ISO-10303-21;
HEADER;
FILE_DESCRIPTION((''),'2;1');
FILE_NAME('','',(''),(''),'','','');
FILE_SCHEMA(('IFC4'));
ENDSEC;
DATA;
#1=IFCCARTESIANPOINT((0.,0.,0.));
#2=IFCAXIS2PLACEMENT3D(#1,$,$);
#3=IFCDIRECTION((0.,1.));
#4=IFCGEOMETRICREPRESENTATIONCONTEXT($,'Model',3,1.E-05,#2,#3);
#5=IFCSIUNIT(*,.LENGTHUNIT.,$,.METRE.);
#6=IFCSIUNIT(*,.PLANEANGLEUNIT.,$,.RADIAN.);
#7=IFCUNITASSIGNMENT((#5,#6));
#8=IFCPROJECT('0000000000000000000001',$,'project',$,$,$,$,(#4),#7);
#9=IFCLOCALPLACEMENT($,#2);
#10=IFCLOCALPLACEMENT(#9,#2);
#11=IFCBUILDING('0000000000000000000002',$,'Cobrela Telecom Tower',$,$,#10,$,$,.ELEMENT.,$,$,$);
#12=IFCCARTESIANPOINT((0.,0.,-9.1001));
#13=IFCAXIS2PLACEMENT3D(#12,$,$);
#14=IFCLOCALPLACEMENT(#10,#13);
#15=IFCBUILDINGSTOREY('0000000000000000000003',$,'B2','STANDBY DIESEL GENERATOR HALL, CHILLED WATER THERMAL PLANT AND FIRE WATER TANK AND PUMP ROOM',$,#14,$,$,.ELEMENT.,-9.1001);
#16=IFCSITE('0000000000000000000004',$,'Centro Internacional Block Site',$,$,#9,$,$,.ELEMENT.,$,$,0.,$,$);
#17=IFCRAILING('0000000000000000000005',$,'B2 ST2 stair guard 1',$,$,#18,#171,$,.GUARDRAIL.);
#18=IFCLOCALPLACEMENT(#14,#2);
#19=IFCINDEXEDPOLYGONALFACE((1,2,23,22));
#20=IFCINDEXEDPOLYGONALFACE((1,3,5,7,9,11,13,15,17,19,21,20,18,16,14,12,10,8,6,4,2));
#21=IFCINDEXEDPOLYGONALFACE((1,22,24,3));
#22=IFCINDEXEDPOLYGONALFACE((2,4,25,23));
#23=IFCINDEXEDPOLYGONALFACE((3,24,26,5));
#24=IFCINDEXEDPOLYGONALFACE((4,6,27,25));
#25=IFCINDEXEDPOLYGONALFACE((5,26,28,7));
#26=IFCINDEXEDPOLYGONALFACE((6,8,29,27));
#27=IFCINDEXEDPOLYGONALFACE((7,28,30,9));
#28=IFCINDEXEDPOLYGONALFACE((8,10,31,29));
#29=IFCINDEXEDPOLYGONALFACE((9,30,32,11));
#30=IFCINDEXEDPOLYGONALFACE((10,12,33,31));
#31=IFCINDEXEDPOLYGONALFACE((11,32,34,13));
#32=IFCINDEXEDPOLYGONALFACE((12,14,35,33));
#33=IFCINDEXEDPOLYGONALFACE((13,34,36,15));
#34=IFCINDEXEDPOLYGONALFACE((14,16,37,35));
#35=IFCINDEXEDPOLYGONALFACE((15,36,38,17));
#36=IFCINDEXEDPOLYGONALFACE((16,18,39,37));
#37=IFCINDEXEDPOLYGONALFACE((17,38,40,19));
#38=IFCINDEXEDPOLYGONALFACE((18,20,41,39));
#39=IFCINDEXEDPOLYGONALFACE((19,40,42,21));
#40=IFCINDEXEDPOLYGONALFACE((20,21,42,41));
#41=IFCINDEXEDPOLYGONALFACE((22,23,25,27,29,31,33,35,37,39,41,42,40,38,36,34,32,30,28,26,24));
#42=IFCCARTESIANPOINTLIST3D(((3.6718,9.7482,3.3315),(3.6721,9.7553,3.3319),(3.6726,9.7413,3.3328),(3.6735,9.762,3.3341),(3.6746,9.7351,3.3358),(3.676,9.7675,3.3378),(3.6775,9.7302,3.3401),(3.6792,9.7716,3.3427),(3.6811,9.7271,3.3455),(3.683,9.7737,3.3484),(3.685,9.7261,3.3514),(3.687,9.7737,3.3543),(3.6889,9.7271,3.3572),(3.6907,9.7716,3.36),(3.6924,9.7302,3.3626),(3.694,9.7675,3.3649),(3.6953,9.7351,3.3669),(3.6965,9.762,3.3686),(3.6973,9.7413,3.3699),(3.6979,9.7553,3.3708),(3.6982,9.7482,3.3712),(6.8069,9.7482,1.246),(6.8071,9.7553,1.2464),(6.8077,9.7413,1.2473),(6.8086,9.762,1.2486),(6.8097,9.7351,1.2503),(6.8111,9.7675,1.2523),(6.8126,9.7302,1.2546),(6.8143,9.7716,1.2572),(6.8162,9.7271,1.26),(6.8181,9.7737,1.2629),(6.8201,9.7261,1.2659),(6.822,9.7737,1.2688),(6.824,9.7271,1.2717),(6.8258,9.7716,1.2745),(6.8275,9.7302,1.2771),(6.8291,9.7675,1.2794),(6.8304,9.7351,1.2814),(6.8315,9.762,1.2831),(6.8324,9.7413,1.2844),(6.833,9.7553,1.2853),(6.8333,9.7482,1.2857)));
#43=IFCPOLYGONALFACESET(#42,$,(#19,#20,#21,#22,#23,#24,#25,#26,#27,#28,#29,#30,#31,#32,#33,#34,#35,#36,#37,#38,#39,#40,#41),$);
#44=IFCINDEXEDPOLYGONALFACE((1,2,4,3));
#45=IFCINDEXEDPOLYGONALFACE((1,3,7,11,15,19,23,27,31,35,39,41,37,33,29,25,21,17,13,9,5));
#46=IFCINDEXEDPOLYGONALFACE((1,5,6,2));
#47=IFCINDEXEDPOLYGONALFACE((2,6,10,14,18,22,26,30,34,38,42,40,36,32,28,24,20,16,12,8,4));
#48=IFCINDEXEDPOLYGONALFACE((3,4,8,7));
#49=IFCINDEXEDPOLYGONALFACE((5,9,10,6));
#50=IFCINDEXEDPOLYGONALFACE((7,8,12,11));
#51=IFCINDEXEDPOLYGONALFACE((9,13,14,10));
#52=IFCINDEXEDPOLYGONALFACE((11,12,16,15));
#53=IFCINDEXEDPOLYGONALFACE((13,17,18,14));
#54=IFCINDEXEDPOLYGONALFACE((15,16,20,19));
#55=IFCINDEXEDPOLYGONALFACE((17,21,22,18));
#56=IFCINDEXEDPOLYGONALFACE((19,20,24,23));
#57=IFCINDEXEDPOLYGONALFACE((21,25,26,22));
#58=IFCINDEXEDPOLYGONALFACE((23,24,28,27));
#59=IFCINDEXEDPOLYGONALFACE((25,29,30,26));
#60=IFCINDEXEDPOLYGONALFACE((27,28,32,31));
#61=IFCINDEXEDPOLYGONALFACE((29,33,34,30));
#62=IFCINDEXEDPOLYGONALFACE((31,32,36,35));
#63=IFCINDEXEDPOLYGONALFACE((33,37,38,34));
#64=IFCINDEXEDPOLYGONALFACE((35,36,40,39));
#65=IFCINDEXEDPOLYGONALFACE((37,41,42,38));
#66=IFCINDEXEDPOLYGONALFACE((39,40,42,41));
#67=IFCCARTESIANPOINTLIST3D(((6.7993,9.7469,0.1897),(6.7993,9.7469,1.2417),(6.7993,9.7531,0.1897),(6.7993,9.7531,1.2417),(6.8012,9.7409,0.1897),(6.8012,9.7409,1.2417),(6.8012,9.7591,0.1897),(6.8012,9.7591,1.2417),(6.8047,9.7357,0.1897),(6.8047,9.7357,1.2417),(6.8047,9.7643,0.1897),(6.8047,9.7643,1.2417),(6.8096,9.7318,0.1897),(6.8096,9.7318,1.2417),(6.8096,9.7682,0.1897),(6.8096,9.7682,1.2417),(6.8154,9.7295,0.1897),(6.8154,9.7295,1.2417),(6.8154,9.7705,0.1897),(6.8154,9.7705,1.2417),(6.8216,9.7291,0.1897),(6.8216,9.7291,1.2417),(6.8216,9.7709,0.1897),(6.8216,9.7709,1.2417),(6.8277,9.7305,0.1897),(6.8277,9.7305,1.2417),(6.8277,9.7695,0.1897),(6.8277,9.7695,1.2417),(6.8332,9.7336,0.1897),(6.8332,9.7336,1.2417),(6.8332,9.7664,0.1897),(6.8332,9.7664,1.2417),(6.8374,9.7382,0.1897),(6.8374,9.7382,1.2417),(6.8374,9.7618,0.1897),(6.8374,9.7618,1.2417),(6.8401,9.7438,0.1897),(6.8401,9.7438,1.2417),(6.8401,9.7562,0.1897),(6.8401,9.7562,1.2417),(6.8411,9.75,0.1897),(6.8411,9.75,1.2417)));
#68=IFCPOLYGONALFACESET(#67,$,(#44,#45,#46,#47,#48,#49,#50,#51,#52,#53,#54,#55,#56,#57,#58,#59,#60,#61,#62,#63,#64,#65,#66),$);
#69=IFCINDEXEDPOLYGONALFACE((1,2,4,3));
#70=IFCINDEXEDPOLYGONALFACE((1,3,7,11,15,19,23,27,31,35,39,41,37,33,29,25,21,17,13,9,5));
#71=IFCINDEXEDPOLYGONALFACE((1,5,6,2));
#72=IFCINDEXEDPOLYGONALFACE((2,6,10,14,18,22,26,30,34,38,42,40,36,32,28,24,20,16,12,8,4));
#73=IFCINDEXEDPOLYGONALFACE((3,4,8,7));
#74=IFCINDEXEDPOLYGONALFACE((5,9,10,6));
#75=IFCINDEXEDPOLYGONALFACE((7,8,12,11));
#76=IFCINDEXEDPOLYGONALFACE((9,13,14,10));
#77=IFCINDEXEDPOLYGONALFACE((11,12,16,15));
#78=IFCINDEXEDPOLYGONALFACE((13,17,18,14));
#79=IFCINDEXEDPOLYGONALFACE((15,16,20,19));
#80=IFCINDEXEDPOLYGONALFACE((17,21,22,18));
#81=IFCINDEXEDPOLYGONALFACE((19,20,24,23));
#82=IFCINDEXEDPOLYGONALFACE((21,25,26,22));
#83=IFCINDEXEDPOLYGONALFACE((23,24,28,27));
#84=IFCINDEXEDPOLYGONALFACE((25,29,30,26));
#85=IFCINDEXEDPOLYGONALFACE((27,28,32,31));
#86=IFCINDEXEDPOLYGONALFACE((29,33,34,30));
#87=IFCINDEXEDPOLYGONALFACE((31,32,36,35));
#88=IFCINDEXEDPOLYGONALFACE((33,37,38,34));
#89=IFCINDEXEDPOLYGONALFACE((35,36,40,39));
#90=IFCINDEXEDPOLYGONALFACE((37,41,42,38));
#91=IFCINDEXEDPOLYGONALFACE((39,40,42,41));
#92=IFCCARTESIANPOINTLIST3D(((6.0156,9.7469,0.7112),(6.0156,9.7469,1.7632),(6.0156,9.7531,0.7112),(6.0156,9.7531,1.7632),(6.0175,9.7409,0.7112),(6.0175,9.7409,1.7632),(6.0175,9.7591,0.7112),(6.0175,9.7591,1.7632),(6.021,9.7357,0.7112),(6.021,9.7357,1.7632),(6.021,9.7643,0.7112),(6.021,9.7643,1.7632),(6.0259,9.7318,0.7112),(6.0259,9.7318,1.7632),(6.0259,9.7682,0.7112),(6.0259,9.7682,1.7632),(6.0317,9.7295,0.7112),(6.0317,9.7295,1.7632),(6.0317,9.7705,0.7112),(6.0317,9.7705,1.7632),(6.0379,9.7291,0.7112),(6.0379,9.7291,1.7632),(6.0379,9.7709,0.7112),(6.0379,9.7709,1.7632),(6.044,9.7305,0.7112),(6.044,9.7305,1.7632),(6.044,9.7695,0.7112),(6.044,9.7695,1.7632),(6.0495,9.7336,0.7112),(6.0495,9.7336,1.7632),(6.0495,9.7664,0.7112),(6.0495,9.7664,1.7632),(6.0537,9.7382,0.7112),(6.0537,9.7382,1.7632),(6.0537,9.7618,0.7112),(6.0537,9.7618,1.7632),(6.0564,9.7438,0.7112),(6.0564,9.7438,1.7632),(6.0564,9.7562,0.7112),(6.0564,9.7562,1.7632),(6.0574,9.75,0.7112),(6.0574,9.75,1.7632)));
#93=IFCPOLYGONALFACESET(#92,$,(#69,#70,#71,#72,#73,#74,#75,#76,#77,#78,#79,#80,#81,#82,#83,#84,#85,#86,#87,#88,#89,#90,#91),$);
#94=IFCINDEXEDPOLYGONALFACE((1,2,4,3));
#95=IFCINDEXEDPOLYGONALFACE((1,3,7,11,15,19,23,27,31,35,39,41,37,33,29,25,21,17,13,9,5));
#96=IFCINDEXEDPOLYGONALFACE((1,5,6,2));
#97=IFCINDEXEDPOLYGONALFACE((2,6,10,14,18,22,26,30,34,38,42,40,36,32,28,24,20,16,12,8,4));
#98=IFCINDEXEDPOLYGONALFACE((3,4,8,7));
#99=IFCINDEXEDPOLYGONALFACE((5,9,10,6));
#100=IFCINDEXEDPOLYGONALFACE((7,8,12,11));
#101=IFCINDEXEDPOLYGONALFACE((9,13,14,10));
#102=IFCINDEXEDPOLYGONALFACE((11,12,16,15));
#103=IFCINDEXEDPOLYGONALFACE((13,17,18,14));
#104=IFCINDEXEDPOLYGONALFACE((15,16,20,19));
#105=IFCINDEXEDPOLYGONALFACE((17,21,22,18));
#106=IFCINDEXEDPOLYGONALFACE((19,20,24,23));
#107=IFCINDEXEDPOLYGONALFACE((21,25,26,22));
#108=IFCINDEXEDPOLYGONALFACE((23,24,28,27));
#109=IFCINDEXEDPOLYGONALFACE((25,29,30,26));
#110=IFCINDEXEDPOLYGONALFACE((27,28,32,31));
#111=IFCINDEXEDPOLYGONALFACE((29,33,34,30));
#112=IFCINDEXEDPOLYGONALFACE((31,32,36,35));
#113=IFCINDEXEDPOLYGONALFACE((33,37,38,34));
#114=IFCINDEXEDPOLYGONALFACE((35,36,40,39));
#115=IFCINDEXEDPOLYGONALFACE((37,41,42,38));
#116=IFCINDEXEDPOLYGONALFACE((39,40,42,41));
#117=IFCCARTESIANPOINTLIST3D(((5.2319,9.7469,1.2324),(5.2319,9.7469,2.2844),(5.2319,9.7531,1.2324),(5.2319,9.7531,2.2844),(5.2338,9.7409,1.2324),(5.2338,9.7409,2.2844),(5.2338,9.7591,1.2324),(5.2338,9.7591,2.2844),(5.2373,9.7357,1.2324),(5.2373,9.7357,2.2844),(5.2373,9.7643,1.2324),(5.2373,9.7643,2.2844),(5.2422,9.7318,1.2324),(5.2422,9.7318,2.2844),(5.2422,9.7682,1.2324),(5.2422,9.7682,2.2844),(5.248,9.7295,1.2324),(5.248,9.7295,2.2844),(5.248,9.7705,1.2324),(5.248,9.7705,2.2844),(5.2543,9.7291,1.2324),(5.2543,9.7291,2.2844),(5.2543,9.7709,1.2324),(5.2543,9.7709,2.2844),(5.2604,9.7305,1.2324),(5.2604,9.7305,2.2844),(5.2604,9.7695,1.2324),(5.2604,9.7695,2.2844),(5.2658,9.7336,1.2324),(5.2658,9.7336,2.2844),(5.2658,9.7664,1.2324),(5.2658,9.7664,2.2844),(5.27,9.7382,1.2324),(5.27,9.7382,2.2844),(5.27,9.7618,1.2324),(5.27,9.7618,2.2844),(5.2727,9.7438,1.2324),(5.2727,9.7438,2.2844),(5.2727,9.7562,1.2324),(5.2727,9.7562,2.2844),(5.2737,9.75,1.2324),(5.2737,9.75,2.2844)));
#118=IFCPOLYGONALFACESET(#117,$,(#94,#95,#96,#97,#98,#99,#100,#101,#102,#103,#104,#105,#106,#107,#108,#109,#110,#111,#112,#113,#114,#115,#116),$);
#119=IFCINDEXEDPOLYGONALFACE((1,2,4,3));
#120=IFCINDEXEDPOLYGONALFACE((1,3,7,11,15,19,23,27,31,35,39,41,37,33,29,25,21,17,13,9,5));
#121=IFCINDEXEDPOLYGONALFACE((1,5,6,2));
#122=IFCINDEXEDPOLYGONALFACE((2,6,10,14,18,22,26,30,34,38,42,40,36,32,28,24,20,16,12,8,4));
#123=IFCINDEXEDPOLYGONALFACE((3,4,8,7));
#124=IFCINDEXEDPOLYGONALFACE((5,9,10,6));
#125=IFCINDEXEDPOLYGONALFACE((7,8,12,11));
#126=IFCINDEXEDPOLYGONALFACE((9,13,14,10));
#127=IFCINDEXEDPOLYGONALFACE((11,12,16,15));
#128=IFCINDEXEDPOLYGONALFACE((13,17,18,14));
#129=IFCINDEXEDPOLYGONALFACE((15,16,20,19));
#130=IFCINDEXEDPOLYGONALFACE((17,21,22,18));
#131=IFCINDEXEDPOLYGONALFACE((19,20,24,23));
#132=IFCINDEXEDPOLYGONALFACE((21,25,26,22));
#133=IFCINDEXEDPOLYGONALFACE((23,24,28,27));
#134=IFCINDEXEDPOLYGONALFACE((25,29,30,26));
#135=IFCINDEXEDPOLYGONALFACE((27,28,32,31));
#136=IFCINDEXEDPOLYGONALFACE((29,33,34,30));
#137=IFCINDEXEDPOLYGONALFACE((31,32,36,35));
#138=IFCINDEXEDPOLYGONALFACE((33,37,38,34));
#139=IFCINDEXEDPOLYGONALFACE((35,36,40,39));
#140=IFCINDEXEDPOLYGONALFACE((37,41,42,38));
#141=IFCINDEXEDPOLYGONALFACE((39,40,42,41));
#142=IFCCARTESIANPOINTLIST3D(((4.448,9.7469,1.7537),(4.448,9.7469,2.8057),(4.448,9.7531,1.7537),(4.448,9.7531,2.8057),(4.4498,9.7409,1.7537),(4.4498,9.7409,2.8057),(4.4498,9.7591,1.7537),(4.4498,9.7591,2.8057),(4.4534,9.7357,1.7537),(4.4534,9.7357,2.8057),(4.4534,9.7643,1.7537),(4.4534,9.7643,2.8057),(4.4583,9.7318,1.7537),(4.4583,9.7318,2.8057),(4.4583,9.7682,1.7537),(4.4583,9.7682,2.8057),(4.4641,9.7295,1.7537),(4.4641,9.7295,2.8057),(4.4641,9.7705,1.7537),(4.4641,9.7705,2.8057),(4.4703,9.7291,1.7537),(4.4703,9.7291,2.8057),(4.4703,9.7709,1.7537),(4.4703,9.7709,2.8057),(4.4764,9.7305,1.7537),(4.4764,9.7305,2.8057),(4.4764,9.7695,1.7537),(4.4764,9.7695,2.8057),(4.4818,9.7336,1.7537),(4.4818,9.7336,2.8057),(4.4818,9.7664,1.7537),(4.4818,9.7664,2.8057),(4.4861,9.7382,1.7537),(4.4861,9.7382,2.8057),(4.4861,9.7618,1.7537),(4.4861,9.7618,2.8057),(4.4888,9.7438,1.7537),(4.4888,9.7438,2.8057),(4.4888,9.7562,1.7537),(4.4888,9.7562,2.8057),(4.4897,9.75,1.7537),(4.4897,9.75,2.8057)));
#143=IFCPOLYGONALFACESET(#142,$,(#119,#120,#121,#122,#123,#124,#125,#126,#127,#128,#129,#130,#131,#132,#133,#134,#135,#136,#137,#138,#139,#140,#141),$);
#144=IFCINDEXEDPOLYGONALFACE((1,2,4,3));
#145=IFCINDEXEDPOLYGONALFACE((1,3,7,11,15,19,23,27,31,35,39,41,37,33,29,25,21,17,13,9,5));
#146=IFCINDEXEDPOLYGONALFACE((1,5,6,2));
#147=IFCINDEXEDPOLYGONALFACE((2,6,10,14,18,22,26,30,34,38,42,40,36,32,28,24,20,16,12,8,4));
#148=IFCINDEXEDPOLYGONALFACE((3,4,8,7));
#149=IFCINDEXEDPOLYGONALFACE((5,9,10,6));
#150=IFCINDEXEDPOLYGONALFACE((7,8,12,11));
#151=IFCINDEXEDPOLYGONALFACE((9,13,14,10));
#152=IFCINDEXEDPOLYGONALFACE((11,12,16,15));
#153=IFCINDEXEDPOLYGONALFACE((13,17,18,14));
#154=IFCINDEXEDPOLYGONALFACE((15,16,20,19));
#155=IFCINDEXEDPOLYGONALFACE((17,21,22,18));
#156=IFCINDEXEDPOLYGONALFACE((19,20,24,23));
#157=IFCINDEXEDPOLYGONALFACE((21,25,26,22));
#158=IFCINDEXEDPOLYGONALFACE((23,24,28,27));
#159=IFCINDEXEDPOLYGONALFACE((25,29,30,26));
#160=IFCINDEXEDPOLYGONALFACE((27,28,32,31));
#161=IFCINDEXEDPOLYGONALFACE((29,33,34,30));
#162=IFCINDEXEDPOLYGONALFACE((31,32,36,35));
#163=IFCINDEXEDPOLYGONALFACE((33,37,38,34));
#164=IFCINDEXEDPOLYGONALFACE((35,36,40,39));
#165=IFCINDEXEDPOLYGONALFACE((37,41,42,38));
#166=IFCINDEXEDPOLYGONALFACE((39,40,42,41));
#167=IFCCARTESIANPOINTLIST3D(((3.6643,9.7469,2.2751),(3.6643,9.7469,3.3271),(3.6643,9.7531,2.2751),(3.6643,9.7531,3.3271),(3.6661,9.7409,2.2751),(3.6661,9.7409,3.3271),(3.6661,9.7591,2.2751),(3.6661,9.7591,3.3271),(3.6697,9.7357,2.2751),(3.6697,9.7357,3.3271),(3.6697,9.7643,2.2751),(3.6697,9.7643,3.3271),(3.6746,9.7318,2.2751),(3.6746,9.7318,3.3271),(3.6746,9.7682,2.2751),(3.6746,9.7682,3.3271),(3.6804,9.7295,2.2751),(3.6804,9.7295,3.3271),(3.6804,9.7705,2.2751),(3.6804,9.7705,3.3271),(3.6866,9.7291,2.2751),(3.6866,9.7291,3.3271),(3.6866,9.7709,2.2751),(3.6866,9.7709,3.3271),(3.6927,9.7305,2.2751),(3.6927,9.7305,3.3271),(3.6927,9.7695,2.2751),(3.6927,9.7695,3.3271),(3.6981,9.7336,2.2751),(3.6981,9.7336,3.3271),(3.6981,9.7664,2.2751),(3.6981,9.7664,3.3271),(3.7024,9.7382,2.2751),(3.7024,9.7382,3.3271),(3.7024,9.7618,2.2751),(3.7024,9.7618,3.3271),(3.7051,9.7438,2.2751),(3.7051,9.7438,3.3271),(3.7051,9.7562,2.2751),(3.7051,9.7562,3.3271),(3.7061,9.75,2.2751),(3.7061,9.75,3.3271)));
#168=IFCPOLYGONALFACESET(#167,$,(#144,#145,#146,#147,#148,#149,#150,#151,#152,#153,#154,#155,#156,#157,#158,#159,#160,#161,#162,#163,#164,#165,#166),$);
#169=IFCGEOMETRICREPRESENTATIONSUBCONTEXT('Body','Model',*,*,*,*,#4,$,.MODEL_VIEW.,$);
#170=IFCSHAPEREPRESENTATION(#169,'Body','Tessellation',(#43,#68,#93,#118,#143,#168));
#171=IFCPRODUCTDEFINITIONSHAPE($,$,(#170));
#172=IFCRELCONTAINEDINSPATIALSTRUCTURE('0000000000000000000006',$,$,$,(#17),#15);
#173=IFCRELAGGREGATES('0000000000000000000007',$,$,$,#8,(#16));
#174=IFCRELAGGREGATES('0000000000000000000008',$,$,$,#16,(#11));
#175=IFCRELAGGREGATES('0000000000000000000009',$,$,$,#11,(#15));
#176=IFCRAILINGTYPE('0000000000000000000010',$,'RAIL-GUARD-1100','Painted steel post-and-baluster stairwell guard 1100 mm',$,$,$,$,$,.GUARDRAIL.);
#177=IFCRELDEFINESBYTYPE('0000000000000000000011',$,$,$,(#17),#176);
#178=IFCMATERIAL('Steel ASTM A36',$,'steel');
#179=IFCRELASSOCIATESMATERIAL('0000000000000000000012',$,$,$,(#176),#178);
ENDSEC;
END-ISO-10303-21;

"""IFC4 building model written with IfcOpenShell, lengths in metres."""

from ifc_helpers import new_model, si_unit, direction, frame, origin, origin_2d, place, context, subcontext, project, spatial, circle, extrude, material, type_object, element, save


model = new_model("IFC4")

# Units and contexts
model_context = context("Model", 3, precision=1e-05, world=origin(), true_north=direction((0.0, 1.0)))
body_context = subcontext(model_context, "Body", "Model", "MODEL_VIEW")
ifc_project = project(units=[si_unit("LENGTHUNIT", "METRE"), si_unit("PLANEANGLEUNIT", "RADIAN")], contexts=[model_context])

# Site, building, storey
site_placement = place(None, origin())
site = spatial("IfcSite", under=ifc_project, at=site_placement, Name="Centro Internacional Block Site", CompositionType="ELEMENT", RefElevation=0.0)
building_placement = place(site_placement, origin())
building = spatial("IfcBuilding", under=site, at=building_placement, Name="Cobrela Telecom Tower", CompositionType="ELEMENT")
storey_placement = place(building_placement, frame((0.0, 0.0, -9.1001)))
storey = spatial("IfcBuildingStorey", under=building, at=storey_placement, Name="B2", Description="STANDBY DIESEL GENERATOR HALL, CHILLED WATER THERMAL PLANT AND FIRE WATER TANK AND PUMP ROOM", CompositionType="ELEMENT", Elevation=-9.1001)

# Shared definitions
ifc_material_1 = material(Name="Steel ASTM A36", Category="steel")

# Railing
railing_type_1 = type_object("IfcRailingType", Name="RAIL-GUARD-1100", Description="Painted steel post-and-baluster stairwell guard 1100 mm", PredefinedType="GUARDRAIL", material=ifc_material_1)
railing_1_placement = place(storey_placement, frame((6.8201, 9.75, 0.1897)))
element("IfcRailing", 1, at=railing_1_placement, inside=storey, type_object=railing_type_1, Name="B2 ST2 stair guard 1", PredefinedType="GUARDRAIL", context=body_context, shape_type="SweptSolid", body=[
    extrude(circle(Radius=0.0239, at=origin_2d()), frame((0.0, 0.0, 1.0762), z_axis=(-0.832608, 0.0, 0.553862), x_axis=(0.0, -1.0, 0.0)), (0.0, 0.0, 1.0), 3.7654),
    extrude(circle(Radius=0.021, at=origin_2d()), origin(), (0.0, 0.0, 1.0), 1.052),
    extrude(circle(Radius=0.021, at=origin_2d()), frame((-0.7837, 0.0, 0.5215)), (0.0, 0.0, 1.0), 1.052),
    extrude(circle(Radius=0.021, at=origin_2d()), frame((-1.5674, 0.0, 1.0427)), (0.0, 0.0, 1.0), 1.052),
    extrude(circle(Radius=0.021, at=origin_2d()), frame((-2.3513, 0.0, 1.564)), (0.0, 0.0, 1.0), 1.052),
    extrude(circle(Radius=0.021, at=origin_2d()), frame((-3.135, 0.0, 2.0854)), (0.0, 0.0, 1.0), 1.052),
])

save(model, "model.ifc")
